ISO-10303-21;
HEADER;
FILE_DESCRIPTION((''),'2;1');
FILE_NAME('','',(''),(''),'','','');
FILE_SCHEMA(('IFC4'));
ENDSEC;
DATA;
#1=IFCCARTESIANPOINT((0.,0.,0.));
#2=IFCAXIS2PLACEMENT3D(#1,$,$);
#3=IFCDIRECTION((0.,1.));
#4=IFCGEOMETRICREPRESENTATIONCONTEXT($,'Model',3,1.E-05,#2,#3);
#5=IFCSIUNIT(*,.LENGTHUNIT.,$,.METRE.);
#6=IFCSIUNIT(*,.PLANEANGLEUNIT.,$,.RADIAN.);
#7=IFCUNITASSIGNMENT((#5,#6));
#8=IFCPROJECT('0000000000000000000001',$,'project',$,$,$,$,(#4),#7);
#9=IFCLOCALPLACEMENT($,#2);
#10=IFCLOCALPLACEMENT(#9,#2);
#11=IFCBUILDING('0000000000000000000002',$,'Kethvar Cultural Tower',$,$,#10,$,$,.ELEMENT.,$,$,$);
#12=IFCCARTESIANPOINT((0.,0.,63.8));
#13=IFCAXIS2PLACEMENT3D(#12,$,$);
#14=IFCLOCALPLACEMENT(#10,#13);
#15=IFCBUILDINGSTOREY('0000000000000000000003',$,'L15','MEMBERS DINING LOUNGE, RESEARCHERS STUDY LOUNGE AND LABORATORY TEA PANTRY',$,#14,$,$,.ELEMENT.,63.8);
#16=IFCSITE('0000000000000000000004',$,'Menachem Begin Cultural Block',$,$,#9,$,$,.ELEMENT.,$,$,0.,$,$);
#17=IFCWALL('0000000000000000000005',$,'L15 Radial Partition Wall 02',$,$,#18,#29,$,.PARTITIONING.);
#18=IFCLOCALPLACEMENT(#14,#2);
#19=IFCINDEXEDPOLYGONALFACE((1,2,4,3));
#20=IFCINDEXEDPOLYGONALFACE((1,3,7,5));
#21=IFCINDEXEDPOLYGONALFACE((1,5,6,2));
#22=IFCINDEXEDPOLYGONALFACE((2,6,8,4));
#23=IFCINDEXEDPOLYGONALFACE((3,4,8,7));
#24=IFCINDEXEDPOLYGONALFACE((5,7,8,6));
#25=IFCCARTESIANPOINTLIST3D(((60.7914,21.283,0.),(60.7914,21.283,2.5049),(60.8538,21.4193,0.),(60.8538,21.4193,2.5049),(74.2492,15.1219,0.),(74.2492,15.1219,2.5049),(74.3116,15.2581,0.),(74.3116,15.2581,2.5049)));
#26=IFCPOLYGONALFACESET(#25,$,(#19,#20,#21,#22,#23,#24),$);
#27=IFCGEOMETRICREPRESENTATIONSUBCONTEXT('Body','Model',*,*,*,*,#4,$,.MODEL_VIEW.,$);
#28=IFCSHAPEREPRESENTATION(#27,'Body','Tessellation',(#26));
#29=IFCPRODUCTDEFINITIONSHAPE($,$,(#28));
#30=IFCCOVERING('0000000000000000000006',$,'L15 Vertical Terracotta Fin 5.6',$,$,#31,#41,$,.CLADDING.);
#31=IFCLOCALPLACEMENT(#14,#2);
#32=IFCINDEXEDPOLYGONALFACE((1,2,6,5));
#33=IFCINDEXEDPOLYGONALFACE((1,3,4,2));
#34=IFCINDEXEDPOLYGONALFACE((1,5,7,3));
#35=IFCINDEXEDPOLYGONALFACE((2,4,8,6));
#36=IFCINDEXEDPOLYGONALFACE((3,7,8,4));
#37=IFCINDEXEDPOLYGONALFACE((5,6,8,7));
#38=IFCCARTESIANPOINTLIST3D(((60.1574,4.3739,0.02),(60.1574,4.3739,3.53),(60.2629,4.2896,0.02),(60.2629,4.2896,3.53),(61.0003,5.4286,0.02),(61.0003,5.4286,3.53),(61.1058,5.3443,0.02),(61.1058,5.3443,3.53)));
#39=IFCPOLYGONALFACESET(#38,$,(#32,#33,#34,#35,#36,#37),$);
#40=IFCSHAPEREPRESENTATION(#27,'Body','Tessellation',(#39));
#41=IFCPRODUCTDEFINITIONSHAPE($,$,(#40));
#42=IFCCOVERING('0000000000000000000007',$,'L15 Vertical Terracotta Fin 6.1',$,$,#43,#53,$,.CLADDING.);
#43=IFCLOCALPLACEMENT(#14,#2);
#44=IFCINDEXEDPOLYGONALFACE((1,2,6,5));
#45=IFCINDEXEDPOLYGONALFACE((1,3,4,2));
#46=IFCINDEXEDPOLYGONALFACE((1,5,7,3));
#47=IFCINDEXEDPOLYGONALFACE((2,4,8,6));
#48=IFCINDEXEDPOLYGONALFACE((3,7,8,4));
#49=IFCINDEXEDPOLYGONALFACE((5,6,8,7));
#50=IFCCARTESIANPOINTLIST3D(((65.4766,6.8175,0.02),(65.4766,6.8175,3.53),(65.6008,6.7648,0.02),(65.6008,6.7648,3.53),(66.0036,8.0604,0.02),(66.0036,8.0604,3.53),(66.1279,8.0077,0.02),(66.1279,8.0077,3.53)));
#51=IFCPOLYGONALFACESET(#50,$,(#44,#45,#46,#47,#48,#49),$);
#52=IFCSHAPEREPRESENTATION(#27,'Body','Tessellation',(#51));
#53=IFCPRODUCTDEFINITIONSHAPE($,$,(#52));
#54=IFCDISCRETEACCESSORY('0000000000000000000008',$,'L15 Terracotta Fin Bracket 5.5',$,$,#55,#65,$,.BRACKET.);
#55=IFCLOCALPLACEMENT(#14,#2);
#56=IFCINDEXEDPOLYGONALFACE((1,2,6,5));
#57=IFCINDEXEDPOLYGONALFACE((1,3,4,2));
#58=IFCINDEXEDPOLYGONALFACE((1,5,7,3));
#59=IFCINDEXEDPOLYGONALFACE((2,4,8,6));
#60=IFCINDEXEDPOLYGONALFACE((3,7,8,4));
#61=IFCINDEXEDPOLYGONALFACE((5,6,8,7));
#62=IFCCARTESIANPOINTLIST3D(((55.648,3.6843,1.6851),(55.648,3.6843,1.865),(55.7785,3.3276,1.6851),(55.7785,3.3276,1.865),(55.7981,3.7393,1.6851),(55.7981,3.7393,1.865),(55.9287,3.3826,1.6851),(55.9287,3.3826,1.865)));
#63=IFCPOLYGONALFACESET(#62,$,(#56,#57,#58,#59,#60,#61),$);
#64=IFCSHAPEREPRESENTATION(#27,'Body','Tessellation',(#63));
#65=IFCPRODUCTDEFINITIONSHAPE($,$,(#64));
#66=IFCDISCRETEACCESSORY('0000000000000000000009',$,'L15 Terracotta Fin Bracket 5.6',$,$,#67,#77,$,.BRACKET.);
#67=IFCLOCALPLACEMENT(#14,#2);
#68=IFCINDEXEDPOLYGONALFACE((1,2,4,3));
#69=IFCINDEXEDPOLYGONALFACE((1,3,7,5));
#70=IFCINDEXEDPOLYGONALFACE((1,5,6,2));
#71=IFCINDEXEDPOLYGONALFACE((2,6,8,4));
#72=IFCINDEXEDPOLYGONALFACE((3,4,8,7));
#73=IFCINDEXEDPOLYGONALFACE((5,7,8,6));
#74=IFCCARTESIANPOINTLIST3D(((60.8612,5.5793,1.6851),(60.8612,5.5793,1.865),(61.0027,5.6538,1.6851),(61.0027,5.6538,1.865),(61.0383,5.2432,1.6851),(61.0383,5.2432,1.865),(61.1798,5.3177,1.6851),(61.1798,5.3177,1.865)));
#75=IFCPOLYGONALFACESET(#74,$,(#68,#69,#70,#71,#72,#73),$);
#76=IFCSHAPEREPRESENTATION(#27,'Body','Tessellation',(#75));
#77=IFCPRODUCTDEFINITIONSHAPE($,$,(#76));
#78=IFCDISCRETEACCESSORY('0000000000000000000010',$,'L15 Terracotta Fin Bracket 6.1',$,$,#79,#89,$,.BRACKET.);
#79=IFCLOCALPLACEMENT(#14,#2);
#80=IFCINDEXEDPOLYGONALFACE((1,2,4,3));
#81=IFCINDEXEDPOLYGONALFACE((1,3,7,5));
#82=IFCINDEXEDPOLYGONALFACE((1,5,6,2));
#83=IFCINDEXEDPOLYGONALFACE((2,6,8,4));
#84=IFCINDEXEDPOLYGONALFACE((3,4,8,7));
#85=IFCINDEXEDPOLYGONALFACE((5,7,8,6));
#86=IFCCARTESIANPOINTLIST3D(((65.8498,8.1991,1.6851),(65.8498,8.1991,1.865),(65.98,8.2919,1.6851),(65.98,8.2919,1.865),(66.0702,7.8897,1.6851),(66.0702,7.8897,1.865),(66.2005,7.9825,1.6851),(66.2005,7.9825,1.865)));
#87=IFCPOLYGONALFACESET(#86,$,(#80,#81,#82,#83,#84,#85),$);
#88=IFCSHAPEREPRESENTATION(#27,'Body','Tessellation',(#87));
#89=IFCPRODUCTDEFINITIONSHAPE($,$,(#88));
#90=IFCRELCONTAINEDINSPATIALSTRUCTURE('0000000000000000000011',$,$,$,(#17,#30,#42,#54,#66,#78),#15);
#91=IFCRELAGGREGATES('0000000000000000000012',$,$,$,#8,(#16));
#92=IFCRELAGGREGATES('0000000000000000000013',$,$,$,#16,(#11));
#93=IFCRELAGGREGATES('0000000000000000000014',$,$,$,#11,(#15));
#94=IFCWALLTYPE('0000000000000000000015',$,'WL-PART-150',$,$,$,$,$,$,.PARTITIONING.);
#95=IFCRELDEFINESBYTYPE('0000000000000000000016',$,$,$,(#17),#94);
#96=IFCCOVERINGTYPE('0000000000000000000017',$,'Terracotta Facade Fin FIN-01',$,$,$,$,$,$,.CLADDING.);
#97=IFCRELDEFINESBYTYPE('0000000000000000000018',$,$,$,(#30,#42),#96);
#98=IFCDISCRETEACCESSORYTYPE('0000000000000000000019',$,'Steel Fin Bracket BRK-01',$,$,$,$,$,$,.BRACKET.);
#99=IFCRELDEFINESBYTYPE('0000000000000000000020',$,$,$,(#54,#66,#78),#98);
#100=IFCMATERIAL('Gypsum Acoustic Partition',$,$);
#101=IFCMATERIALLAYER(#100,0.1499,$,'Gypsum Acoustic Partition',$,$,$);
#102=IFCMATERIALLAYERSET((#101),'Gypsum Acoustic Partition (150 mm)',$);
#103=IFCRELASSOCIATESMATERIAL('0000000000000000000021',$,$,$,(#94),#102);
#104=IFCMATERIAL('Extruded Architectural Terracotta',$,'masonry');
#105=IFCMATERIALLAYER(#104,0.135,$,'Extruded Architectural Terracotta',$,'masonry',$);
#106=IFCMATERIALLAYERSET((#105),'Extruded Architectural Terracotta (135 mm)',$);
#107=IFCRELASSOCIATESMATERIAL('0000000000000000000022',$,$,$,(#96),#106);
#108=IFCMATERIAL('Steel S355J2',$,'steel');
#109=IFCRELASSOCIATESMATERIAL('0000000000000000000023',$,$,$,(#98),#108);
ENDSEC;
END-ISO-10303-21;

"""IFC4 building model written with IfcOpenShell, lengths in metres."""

from ifc_helpers import new_model, si_unit, direction, frame, frame_2d, origin, origin_2d, place, context, subcontext, project, spatial, rectangle, extrude, source, transform, mapped, material, layer, layer_set, type_object, element, save


model = new_model("IFC4")

# Units and contexts
model_context = context("Model", 3, precision=1e-05, world=origin(), true_north=direction((0.0, 1.0)))
body_context = subcontext(model_context, "Body", "Model", "MODEL_VIEW")
ifc_project = project(units=[si_unit("LENGTHUNIT", "METRE"), si_unit("PLANEANGLEUNIT", "RADIAN")], contexts=[model_context])

# Site, building, storey
site_placement = place(None, origin())
site = spatial("IfcSite", under=ifc_project, at=site_placement, Name="Menachem Begin Cultural Block", CompositionType="ELEMENT", RefElevation=0.0)
building_placement = place(site_placement, origin())
building = spatial("IfcBuilding", under=site, at=building_placement, Name="Kethvar Cultural Tower", CompositionType="ELEMENT")
storey_placement = place(building_placement, frame((0.0, 0.0, 63.8)))
storey = spatial("IfcBuildingStorey", under=building, at=storey_placement, Name="L15", Description="MEMBERS DINING LOUNGE, RESEARCHERS STUDY LOUNGE AND LABORATORY TEA PANTRY", CompositionType="ELEMENT", Elevation=63.8)

# Shared definitions
ifc_material_1 = material(Name="Steel S355J2", Category="steel")

# Wall
ifc_material_2 = material(Name="Gypsum Acoustic Partition")
ifc_layer_1 = layer(ifc_material_2, 0.1499, Name="Gypsum Acoustic Partition")
ifc_layer_set_1 = layer_set([ifc_layer_1], Name="Gypsum Acoustic Partition (150 mm)")
wall_type_1 = type_object("IfcWallType", Name="WL-PART-150", PredefinedType="PARTITIONING", material=ifc_layer_set_1)
wall_1_placement = place(storey_placement, frame((60.8228, 21.3511, 0.0), z_axis=(0.0, 0.0, 1.0), x_axis=(0.909244, -0.416263, 0.0)))
element("IfcWall", 1, at=wall_1_placement, inside=storey, type_object=wall_type_1, Name="L15 Radial Partition Wall 02", PredefinedType="PARTITIONING", context=body_context, shape_type="SweptSolid", body=[
    extrude(rectangle(XDim=14.801, YDim=0.1499, at=frame_2d((7.4004, 0.0))), origin(), (0.0, 0.0, 1.0), 2.5049),
])

# Coverings
ifc_material_3 = material(Name="Extruded Architectural Terracotta", Category="masonry")
ifc_layer_2 = layer(ifc_material_3, 0.135, Name="Extruded Architectural Terracotta", Category="masonry")
ifc_layer_set_2 = layer_set([ifc_layer_2], Name="Extruded Architectural Terracotta (135 mm)")
covering_type = type_object("IfcCoveringType", Name="Terracotta Facade Fin FIN-01", PredefinedType="CLADDING", material=ifc_layer_set_2)
shared_shape_1 = source(origin(), body_context, "Body", "SweptSolid", [
    extrude(rectangle(XDim=1.3501, YDim=0.135, at=origin_2d()), origin(), (0.0, 0.0, 1.0), 3.51),
])
for number, where, z_axis, x_axis, name in (
    (2, (60.6316, 4.8591, 0.02), (0.0, 0.0, 1.0), (-0.624289, -0.781194, 0.0), "L15 Vertical Terracotta Fin 5.6"),
    (3, (65.8022, 7.4126, 0.02), (0.0, 0.0, 1.0), (-0.39041, -0.920641, 0.0), "L15 Vertical Terracotta Fin 6.1"),
):
    element("IfcCovering", number, at=place(storey_placement, frame(where, z_axis=z_axis, x_axis=x_axis)), inside=storey, type_object=covering_type, Name=name, PredefinedType="CLADDING", context=body_context, shape_type="MappedRepresentation", body=[
        mapped(shared_shape_1, transform((0.0, 0.0, 0.0), scale=1.0)),
    ])

# Discrete accessories
discrete_accessory_type = type_object("IfcDiscreteAccessoryType", Name="Steel Fin Bracket BRK-01", PredefinedType="BRACKET", material=ifc_material_1)
shared_shape_2 = source(origin(), body_context, "Body", "SweptSolid", [
    extrude(rectangle(XDim=0.3799, YDim=0.1599, at=origin_2d()), origin(), (0.0, 0.0, 1.0), 0.1799),
])
for number, where, z_axis, x_axis, name in (
    (4, (55.7883, 3.5334, 1.6851), (0.0, 0.0, 1.0), (0.34366, -0.939094, 0.0), "L15 Terracotta Fin Bracket 5.5"),
    (5, (61.0205, 5.4485, 1.6851), (0.0, 0.0, 1.0), (0.466078, -0.884744, 0.0), "L15 Terracotta Fin Bracket 5.6"),
    (6, (66.0251, 8.0908, 1.6851), (0.0, 0.0, 1.0), (0.580277, -0.814419, 0.0), "L15 Terracotta Fin Bracket 6.1"),
):
    element("IfcDiscreteAccessory", number, at=place(storey_placement, frame(where, z_axis=z_axis, x_axis=x_axis)), inside=storey, type_object=discrete_accessory_type, Name=name, PredefinedType="BRACKET", context=body_context, shape_type="MappedRepresentation", body=[
        mapped(shared_shape_2, transform((0.0, 0.0, 0.0), scale=1.0)),
    ])

save(model, "model.ifc")
